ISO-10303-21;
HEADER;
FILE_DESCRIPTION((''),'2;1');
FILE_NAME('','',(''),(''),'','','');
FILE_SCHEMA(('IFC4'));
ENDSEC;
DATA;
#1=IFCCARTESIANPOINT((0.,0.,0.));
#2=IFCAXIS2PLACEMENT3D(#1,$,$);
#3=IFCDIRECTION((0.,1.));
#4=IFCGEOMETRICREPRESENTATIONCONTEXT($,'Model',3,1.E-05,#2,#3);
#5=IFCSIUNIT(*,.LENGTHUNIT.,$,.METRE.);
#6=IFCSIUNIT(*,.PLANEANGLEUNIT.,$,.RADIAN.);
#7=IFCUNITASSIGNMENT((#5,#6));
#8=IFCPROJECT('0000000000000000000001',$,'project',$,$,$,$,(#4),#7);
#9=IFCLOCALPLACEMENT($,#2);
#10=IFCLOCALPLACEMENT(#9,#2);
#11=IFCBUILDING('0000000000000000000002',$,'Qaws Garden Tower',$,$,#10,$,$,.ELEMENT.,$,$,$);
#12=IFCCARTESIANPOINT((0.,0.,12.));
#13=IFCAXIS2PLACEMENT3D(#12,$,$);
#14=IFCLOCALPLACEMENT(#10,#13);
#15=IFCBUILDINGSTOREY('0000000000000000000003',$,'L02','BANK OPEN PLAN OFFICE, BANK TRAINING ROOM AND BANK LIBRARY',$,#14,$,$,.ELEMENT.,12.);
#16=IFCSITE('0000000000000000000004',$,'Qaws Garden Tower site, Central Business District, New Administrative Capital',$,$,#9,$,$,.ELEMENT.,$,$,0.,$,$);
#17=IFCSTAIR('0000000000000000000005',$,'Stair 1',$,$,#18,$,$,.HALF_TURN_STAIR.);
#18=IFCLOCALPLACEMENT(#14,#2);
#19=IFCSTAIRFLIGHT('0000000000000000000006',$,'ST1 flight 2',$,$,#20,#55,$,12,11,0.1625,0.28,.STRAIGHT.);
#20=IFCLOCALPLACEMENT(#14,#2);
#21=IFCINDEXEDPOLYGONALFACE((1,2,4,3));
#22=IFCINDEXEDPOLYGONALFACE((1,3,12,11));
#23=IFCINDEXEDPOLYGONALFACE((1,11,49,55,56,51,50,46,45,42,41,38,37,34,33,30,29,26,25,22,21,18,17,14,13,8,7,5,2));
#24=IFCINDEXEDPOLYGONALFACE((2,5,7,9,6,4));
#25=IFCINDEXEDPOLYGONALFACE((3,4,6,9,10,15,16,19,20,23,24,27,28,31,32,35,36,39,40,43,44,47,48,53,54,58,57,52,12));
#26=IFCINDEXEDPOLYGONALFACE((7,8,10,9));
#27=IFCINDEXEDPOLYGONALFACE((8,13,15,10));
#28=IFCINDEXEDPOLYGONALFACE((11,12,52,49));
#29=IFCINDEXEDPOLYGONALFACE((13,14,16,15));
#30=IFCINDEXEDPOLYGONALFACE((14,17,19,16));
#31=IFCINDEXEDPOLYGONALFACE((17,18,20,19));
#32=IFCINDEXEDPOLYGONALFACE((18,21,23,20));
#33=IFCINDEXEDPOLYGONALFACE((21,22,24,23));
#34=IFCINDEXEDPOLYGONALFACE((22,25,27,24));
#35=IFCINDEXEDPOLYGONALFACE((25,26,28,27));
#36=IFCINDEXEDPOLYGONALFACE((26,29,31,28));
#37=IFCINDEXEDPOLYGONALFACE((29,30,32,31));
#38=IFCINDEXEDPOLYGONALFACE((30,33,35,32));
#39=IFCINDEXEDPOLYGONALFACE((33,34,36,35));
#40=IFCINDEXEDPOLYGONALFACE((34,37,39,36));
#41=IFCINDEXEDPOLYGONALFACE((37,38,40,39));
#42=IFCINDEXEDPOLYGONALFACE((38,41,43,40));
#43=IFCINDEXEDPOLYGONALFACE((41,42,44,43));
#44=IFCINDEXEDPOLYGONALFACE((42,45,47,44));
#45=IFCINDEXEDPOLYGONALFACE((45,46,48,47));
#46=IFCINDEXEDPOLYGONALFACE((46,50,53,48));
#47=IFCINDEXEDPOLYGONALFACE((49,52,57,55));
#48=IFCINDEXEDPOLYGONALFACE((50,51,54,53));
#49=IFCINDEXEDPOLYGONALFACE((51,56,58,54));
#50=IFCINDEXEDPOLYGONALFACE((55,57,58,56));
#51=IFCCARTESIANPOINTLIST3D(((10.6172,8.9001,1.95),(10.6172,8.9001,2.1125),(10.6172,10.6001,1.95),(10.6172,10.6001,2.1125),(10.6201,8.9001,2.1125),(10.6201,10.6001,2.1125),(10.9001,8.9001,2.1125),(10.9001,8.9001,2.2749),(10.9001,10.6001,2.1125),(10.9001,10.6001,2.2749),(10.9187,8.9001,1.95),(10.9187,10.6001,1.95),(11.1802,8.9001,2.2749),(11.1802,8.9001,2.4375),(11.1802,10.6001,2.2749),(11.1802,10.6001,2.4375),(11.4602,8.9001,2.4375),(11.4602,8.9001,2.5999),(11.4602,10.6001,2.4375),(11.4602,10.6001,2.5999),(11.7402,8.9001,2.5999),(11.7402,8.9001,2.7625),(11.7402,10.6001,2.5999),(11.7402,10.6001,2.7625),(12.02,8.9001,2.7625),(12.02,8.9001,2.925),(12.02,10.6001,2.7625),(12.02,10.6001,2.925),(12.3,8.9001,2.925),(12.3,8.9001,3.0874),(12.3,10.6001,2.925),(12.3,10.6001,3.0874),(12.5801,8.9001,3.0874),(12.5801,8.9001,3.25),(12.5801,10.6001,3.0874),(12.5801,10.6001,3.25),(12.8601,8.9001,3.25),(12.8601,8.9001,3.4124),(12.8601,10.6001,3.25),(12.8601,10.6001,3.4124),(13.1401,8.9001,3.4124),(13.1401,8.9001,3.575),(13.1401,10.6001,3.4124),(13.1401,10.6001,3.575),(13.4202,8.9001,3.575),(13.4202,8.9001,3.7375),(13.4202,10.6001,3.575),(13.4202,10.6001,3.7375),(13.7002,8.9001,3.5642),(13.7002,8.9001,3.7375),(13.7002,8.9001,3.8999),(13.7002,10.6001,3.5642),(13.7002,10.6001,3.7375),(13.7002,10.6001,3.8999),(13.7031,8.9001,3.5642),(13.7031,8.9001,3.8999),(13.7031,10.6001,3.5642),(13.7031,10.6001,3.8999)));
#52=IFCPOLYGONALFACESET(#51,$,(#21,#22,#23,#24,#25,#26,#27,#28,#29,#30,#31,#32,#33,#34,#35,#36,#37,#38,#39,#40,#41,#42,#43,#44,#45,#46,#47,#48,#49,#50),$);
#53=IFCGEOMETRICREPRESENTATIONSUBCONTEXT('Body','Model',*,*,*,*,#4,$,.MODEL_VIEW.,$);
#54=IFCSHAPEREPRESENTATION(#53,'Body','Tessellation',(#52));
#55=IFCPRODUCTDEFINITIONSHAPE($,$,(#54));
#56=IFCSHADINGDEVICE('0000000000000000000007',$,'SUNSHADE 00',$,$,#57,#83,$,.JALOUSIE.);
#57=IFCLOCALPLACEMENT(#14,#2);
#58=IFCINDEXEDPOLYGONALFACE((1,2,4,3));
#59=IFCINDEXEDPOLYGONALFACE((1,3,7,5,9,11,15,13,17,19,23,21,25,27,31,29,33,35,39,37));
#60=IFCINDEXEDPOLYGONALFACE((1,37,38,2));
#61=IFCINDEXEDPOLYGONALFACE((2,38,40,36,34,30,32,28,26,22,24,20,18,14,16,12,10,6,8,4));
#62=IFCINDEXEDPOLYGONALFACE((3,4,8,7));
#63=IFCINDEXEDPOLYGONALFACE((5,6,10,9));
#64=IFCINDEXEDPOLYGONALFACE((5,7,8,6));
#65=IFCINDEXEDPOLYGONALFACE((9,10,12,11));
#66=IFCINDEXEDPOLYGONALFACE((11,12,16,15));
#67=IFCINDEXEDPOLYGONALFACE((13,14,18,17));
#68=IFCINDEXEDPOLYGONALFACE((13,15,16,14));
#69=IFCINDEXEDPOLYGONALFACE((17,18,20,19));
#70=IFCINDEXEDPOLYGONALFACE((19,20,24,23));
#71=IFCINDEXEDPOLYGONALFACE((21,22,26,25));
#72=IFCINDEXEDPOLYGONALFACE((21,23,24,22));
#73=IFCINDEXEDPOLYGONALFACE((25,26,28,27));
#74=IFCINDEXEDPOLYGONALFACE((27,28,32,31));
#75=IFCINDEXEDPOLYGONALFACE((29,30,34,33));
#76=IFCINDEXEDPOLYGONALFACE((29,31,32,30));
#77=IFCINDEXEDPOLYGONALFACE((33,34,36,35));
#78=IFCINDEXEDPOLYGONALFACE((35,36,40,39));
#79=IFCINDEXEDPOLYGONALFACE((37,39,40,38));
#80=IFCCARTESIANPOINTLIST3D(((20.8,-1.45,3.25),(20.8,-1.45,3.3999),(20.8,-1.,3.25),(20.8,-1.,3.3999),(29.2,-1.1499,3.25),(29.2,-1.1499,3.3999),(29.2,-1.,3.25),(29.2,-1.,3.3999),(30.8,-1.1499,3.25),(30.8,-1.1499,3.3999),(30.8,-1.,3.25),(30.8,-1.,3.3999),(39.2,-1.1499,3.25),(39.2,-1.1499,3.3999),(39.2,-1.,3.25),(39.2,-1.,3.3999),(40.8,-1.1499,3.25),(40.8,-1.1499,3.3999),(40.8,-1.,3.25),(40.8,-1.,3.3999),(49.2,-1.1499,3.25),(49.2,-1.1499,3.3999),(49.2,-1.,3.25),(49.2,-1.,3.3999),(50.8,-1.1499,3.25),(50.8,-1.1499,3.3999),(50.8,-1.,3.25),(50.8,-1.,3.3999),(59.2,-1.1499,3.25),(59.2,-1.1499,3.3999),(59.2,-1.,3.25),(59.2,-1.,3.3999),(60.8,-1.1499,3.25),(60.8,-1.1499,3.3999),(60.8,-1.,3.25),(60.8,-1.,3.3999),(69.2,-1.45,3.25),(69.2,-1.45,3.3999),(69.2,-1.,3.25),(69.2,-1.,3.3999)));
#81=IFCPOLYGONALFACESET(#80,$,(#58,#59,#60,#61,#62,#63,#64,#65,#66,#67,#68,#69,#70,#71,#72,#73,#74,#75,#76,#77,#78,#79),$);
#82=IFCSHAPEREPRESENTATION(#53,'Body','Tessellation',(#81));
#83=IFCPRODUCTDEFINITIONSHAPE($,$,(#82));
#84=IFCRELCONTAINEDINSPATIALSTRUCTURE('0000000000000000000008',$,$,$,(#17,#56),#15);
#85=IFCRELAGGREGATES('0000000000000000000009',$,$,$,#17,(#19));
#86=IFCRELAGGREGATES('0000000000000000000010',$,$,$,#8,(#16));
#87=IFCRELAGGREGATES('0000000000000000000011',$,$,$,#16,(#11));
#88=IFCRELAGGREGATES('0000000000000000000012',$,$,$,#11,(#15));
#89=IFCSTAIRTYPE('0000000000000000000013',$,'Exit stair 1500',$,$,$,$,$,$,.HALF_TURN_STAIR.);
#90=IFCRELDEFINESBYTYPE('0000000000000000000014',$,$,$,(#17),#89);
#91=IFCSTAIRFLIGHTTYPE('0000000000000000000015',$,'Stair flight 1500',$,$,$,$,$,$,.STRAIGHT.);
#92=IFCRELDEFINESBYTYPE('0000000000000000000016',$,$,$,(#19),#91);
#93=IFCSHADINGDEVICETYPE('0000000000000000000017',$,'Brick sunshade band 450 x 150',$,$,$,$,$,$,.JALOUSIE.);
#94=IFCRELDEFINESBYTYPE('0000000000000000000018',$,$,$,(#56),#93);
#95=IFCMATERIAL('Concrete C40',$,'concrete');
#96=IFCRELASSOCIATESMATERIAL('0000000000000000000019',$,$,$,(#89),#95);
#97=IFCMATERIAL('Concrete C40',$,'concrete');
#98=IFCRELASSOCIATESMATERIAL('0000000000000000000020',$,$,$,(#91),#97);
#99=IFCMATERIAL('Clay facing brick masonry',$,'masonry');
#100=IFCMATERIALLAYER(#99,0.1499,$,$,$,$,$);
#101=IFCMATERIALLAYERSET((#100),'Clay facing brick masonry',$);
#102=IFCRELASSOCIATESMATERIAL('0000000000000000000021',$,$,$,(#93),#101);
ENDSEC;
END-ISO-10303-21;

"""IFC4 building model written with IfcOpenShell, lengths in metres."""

from ifc_helpers import new_model, si_unit, direction, frame, origin, place, context, subcontext, project, spatial, polyline, outline, extrude, material, layer, layer_set, type_object, element, aggregate, save


model = new_model("IFC4")

# Units and contexts
model_context = context("Model", 3, precision=1e-05, world=origin(), true_north=direction((0.0, 1.0)))
body_context = subcontext(model_context, "Body", "Model", "MODEL_VIEW")
ifc_project = project(units=[si_unit("LENGTHUNIT", "METRE"), si_unit("PLANEANGLEUNIT", "RADIAN")], contexts=[model_context])

# Site, building, storey
site_placement = place(None, origin())
site = spatial("IfcSite", under=ifc_project, at=site_placement, Name="Qaws Garden Tower site, Central Business District, New Administrative Capital", CompositionType="ELEMENT", RefElevation=0.0)
building_placement = place(site_placement, origin())
building = spatial("IfcBuilding", under=site, at=building_placement, Name="Qaws Garden Tower", CompositionType="ELEMENT")
storey_placement = place(building_placement, frame((0.0, 0.0, 12.0)))
storey = spatial("IfcBuildingStorey", under=building, at=storey_placement, Name="L02", Description="BANK OPEN PLAN OFFICE, BANK TRAINING ROOM AND BANK LIBRARY", CompositionType="ELEMENT", Elevation=12.0)

# Stair
ifc_material_1 = material(Name="Concrete C40", Category="concrete")
stair_type_1 = type_object("IfcStairType", Name="Exit stair 1500", PredefinedType="HALF_TURN_STAIR", material=ifc_material_1)
placement_1 = place(storey_placement, origin())
stair_1 = element("IfcStair", 1, at=placement_1, inside=storey, type_object=stair_type_1, Name="Stair 1", PredefinedType="HALF_TURN_STAIR")

# Stair flight
ifc_material_2 = material(Name="Concrete C40", Category="concrete")
stair_flight_type = type_object("IfcStairFlightType", Name="Stair flight 1500", PredefinedType="STRAIGHT", material=ifc_material_2)
stair_flight_placement = place(storey_placement, frame((10.6201, 9.75, 1.95), z_axis=(0.0, 0.0, 1.0), x_axis=(1.0, 0.0, 0.0)))
stair_flight = element("IfcStairFlight", 2, at=stair_flight_placement, type_object=stair_flight_type, Name="ST1 flight 2", NumberOfRisers=12, NumberOfTreads=11, PredefinedType="STRAIGHT", RiserHeight=0.1625, TreadLength=0.28, context=body_context, shape_type="SweptSolid", body=[
    extrude(outline(polyline([(-0.0029, 0.0), (-0.0029, 0.1626), (0.0, 0.1626), (0.28, 0.1626), (0.28, 0.325), (0.5601, 0.325), (0.5601, 0.4875), (0.8401, 0.4875), (0.8401, 0.6499), (1.1201, 0.6499), (1.1201, 0.8125), (1.3999, 0.8125), (1.3999, 0.9751), (1.6799, 0.9751), (1.6799, 1.1375), (1.96, 1.1375), (1.96, 1.3), (2.24, 1.3), (2.24, 1.4624), (2.52, 1.4624), (2.52, 1.625), (2.8, 1.625), (2.8, 1.7876), (3.0801, 1.7876), (3.0801, 1.95), (3.083, 1.95), (3.083, 1.6143), (3.0801, 1.6143), (0.2986, 0.0), (-0.0029, 0.0)])), frame((0.0, 0.8501, 0.0), z_axis=(0.0, -1.0, 0.0), x_axis=(1.0, 0.0, 0.0)), (0.0, 0.0, 1.0), 1.7),
])
aggregate(stair_1, [stair_flight])

# Shading device
ifc_material_3 = material(Name="Clay facing brick masonry", Category="masonry")
ifc_layer_1 = layer(ifc_material_3, 0.1499)
ifc_layer_set_1 = layer_set([ifc_layer_1], Name="Clay facing brick masonry")
shading_device_type = type_object("IfcShadingDeviceType", Name="Brick sunshade band 450 x 150", PredefinedType="JALOUSIE", material=ifc_layer_set_1)
shading_device_placement = place(storey_placement, frame((0.0, 0.0, 3.25)))
element("IfcShadingDevice", 3, at=shading_device_placement, inside=storey, type_object=shading_device_type, Name="SUNSHADE 00", PredefinedType="JALOUSIE", context=body_context, shape_type="SweptSolid", body=[
    extrude(outline(polyline([(20.8, -1.0), (20.8, -1.45), (69.2, -1.45), (69.2, -1.0), (60.8, -1.0), (60.8, -1.1499), (59.2, -1.1499), (59.2, -1.0), (50.8, -1.0), (50.8, -1.1499), (49.2, -1.1499), (49.2, -1.0), (40.8, -1.0), (40.8, -1.1499), (39.2, -1.1499), (39.2, -1.0), (30.8, -1.0), (30.8, -1.1499), (29.2, -1.1499), (29.2, -1.0), (20.8, -1.0)])), origin(), (0.0, 0.0, 1.0), 0.1499),
])

save(model, "model.ifc")
